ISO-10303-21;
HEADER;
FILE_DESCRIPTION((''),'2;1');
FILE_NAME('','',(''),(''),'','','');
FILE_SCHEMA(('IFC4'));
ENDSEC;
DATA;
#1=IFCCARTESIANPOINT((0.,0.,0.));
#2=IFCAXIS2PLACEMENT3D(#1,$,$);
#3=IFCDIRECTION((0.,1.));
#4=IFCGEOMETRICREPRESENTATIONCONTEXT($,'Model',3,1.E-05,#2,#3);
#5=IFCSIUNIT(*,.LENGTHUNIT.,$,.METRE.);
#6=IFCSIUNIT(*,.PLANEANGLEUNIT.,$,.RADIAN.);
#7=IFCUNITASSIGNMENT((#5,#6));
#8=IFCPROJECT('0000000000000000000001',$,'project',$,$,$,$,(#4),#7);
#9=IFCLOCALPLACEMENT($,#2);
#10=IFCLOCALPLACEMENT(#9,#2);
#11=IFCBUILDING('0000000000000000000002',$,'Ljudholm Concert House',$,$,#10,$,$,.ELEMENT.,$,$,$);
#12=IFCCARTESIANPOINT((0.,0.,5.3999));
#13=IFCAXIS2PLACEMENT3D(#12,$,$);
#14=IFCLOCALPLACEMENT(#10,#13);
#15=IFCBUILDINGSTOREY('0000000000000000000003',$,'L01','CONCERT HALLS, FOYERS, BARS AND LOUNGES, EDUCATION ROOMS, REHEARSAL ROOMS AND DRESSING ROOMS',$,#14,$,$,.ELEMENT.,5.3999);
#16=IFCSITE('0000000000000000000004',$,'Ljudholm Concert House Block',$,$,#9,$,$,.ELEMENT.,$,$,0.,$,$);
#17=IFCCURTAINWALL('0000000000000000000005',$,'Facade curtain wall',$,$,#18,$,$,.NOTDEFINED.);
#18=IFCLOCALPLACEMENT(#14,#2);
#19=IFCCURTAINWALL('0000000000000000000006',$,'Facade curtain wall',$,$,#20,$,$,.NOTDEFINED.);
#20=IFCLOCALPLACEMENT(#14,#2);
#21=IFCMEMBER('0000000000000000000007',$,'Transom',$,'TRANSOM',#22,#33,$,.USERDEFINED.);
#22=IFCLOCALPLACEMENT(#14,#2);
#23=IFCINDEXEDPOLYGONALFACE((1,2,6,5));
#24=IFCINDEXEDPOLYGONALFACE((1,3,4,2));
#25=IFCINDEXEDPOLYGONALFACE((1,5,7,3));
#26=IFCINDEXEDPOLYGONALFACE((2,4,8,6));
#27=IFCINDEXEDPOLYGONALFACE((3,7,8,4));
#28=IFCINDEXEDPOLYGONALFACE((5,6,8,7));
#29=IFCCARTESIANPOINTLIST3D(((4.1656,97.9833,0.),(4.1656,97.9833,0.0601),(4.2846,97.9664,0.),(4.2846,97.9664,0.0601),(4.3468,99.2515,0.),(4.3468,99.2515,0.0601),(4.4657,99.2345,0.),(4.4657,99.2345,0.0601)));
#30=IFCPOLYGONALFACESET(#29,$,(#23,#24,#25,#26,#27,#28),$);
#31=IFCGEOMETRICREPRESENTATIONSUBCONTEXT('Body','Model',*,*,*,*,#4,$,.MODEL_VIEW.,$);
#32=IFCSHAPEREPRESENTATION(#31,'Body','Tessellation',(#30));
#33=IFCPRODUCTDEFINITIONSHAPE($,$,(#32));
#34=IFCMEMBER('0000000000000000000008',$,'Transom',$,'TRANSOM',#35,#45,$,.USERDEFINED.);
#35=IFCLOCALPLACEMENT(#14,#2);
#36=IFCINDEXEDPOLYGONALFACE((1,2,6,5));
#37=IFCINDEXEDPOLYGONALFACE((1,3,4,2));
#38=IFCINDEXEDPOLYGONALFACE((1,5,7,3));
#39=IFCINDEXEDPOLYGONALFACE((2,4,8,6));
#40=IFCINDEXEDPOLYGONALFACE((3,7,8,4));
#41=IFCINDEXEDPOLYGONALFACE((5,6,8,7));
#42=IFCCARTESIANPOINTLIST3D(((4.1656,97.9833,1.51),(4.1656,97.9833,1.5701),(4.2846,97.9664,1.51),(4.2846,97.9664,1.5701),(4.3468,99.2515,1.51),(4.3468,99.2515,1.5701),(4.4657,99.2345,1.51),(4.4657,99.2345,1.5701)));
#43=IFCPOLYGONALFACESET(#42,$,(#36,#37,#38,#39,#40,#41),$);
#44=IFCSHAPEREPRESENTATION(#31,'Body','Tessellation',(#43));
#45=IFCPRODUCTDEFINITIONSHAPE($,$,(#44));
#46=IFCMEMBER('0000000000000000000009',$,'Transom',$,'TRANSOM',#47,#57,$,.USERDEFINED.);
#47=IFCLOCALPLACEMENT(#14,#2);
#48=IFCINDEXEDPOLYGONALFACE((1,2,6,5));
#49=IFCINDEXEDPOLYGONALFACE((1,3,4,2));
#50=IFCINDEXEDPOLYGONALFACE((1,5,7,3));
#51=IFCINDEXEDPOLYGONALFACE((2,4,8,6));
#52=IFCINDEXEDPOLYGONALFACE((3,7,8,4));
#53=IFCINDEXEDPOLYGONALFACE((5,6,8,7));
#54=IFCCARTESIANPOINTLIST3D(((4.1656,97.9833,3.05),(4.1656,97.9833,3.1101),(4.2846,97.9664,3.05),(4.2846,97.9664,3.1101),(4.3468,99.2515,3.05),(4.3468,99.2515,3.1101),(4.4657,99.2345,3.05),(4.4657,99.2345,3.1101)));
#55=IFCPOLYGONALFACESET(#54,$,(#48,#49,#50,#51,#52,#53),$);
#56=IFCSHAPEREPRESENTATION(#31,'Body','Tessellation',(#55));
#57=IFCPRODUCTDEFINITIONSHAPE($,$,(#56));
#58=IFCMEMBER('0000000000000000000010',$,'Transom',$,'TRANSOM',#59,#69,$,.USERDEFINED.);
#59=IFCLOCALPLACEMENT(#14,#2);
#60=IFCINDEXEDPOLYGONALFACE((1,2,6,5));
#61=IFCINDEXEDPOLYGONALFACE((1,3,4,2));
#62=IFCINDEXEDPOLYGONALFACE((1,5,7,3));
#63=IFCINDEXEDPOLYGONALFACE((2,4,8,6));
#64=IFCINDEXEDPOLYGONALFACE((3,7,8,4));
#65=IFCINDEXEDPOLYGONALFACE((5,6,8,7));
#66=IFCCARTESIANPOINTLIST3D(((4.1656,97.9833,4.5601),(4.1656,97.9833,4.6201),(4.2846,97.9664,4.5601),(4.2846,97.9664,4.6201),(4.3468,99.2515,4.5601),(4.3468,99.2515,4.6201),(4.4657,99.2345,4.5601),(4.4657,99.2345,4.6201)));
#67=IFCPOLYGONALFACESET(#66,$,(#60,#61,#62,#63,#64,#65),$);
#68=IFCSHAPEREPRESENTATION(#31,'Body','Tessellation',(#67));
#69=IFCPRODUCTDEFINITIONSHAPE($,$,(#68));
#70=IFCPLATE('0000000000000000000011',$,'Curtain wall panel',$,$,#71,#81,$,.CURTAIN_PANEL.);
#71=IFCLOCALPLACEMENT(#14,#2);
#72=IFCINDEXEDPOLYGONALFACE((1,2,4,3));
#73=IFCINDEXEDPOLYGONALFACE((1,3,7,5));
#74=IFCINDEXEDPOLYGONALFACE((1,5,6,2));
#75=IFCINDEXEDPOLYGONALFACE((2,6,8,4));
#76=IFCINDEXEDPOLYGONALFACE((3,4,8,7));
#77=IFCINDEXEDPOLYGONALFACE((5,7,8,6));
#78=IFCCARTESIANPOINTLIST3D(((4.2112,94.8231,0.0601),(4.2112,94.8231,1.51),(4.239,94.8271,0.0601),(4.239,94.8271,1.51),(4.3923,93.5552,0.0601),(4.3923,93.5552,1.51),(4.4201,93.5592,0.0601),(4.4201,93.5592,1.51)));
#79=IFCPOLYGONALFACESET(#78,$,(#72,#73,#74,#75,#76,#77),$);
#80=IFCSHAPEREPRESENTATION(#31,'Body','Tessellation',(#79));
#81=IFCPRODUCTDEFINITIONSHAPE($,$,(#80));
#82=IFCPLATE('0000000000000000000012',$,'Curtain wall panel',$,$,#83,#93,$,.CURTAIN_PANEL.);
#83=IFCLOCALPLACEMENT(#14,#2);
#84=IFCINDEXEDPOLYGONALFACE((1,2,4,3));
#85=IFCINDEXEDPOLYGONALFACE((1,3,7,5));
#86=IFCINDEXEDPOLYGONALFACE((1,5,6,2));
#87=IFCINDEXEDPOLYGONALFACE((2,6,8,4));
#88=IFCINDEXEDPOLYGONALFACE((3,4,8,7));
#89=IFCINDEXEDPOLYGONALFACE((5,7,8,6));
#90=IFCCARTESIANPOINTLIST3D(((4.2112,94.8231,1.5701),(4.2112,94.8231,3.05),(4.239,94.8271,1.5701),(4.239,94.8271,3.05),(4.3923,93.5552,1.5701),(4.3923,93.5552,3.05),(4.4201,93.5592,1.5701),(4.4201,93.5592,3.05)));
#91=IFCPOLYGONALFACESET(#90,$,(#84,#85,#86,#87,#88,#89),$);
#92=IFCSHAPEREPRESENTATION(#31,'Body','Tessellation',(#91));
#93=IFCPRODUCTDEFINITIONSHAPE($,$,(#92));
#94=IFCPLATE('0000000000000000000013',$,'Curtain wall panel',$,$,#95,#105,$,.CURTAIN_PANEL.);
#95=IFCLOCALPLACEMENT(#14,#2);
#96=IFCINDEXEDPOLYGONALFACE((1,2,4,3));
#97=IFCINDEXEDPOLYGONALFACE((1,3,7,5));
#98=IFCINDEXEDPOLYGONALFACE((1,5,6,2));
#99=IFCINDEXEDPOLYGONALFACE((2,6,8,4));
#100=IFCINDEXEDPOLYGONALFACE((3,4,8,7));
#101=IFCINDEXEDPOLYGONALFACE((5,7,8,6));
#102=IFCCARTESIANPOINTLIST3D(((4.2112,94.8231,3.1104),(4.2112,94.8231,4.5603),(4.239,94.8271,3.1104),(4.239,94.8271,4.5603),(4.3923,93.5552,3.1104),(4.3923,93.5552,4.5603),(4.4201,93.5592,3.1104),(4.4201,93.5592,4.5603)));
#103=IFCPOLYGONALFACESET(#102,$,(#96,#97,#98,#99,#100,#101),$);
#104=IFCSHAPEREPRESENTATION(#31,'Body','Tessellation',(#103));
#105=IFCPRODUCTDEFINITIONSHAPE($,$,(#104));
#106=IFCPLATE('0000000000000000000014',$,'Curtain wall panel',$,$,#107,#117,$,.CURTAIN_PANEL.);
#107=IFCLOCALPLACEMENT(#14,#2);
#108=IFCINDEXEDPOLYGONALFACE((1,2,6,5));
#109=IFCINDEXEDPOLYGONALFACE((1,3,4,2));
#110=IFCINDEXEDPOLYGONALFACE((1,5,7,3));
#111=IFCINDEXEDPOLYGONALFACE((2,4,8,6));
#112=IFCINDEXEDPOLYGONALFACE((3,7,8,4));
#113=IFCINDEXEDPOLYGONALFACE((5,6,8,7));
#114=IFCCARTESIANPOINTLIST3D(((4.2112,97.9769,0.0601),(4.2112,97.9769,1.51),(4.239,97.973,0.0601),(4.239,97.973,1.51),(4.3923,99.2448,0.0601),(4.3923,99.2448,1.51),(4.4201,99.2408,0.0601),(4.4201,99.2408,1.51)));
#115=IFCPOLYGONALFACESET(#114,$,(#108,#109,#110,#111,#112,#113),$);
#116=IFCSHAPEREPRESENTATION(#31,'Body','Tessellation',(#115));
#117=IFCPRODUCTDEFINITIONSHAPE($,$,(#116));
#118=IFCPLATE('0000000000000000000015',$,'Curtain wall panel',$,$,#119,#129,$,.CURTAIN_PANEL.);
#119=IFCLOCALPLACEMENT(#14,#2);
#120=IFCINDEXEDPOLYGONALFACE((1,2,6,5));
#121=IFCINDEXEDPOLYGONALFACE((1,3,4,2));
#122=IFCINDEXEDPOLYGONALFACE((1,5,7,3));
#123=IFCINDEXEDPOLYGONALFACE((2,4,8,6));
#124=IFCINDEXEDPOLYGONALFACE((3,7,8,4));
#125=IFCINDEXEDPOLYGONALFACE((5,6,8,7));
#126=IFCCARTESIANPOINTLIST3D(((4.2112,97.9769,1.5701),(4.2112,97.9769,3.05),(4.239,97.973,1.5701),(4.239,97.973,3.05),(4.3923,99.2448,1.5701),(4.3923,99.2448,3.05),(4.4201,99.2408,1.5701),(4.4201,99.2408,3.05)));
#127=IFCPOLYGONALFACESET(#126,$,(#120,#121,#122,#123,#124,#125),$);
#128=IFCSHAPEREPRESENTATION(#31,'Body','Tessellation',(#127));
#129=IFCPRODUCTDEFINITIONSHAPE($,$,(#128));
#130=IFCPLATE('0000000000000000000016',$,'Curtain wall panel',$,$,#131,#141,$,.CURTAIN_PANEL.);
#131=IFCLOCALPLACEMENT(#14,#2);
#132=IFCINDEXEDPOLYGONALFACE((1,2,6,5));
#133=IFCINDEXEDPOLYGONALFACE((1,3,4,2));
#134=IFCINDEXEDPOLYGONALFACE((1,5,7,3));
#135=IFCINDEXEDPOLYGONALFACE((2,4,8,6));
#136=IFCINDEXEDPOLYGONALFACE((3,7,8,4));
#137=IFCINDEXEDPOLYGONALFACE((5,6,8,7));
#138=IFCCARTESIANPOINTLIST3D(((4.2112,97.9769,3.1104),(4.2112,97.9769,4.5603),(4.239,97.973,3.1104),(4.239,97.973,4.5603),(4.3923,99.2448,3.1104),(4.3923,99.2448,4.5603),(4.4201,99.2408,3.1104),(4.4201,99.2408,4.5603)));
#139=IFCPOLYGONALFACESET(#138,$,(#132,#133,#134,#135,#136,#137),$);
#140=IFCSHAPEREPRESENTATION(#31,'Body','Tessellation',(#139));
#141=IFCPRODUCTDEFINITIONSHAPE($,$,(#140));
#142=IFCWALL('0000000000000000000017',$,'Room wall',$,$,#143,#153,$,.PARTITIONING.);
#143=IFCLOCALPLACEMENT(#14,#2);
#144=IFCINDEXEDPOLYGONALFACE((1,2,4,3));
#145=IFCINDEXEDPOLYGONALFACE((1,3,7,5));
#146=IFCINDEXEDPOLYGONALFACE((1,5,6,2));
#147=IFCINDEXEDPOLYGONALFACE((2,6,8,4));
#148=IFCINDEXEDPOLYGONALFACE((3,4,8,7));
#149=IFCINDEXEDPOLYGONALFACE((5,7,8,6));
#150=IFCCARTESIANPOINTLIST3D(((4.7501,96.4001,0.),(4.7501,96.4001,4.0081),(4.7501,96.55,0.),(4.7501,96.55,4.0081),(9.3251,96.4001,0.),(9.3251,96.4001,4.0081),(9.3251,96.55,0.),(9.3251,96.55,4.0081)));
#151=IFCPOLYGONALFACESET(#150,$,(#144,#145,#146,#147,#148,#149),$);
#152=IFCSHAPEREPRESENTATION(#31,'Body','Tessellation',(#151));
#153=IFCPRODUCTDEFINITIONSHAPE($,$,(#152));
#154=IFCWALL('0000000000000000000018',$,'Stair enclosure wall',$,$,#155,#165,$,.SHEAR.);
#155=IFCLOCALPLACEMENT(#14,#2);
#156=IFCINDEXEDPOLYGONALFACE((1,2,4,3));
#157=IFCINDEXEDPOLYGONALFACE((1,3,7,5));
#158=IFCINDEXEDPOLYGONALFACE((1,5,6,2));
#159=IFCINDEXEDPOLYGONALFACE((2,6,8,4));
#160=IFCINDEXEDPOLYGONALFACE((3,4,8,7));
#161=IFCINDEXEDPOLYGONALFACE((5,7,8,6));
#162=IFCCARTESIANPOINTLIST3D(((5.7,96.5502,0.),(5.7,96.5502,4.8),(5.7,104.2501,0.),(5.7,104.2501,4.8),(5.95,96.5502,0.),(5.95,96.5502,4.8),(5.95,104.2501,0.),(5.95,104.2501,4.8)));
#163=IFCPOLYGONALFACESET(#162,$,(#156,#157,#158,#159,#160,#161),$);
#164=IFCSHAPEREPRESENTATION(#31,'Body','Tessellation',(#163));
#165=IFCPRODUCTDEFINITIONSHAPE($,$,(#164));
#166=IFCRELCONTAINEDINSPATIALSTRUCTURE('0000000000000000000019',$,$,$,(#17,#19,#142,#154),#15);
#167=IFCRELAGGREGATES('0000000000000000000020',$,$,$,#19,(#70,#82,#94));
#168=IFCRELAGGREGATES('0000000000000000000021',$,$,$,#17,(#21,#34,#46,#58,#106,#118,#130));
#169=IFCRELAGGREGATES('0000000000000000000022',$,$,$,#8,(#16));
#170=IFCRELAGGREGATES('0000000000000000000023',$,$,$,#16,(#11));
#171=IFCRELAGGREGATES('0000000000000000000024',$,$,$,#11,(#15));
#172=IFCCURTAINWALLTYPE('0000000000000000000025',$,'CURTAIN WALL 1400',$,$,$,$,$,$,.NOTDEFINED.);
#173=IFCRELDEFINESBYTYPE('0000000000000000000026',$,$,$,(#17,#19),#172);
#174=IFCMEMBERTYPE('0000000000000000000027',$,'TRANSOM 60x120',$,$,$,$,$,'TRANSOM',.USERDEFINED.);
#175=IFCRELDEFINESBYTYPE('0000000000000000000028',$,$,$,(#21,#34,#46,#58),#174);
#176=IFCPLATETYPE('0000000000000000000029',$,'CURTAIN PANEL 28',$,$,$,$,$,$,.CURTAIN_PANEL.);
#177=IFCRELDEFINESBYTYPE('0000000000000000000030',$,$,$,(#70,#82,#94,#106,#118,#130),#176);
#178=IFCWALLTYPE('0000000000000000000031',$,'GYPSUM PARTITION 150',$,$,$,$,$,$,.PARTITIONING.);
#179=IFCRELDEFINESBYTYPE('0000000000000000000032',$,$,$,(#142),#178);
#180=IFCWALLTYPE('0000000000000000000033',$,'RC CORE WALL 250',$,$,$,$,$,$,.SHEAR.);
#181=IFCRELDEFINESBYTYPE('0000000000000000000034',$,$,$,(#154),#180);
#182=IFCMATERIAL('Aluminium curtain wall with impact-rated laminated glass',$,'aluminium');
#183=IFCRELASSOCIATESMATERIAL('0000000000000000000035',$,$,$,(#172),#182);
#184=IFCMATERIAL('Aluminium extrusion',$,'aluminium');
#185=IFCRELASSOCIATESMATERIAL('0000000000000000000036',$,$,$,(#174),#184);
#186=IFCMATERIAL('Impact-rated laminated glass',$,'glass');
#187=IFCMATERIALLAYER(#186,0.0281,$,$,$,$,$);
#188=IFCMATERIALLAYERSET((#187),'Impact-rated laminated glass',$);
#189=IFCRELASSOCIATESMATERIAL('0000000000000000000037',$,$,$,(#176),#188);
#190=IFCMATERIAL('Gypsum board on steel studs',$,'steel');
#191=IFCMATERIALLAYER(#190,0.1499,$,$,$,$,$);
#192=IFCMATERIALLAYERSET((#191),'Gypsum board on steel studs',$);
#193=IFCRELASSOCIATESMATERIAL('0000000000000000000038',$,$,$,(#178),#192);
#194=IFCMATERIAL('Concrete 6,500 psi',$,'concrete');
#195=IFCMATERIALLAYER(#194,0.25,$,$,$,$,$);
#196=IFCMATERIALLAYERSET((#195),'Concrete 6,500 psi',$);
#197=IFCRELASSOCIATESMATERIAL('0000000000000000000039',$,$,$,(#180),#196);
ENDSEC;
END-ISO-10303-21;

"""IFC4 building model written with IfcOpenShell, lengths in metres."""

from ifc_helpers import new_model, si_unit, direction, frame, frame_2d, origin, origin_2d, place, context, subcontext, project, spatial, rectangle, extrude, material, layer, layer_set, material_profile, profile_set, type_object, element, aggregate, save


model = new_model("IFC4")

# Units and contexts
model_context = context("Model", 3, precision=1e-05, world=origin(), true_north=direction((0.0, 1.0)))
body_context = subcontext(model_context, "Body", "Model", "MODEL_VIEW")
ifc_project = project(units=[si_unit("LENGTHUNIT", "METRE"), si_unit("PLANEANGLEUNIT", "RADIAN")], contexts=[model_context])

# Site, building, storey
site_placement = place(None, origin())
site = spatial("IfcSite", under=ifc_project, at=site_placement, Name="Ljudholm Concert House Block", CompositionType="ELEMENT", RefElevation=0.0)
building_placement = place(site_placement, origin())
building = spatial("IfcBuilding", under=site, at=building_placement, Name="Ljudholm Concert House", CompositionType="ELEMENT")
storey_placement = place(building_placement, frame((0.0, 0.0, 5.3999)))
storey = spatial("IfcBuildingStorey", under=building, at=storey_placement, Name="L01", Description="CONCERT HALLS, FOYERS, BARS AND LOUNGES, EDUCATION ROOMS, REHEARSAL ROOMS AND DRESSING ROOMS", CompositionType="ELEMENT", Elevation=5.3999)

# Curtain wall
ifc_material_1 = material(Name="Aluminium curtain wall with impact-rated laminated glass", Category="aluminium")
curtain_wall_type = type_object("IfcCurtainWallType", Name="CURTAIN WALL 1400", PredefinedType="NOTDEFINED", material=ifc_material_1)
curtain_wall_1_placement = place(storey_placement, origin())
curtain_wall_1 = element("IfcCurtainWall", 1, at=curtain_wall_1_placement, inside=storey, type_object=curtain_wall_type, Name="Facade curtain wall", PredefinedType="NOTDEFINED")

# Curtain wall
curtain_wall_2_placement = place(storey_placement, origin())
curtain_wall_2 = element("IfcCurtainWall", 2, at=curtain_wall_2_placement, inside=storey, type_object=curtain_wall_type, Name="Facade curtain wall", PredefinedType="NOTDEFINED")
ifc_material_2 = material(Name="Aluminium extrusion", Category="aluminium")
ifc_material_profile_1 = material_profile(ifc_material_2, rectangle(XDim=0.1201, YDim=0.0601, at=origin_2d()), Name="TRANSOM 60x120")
ifc_profile_set_1 = profile_set([ifc_material_profile_1], Name="Aluminium extrusion")
member_type_1 = type_object("IfcMemberType", Name="TRANSOM 60x120", ElementType="TRANSOM", PredefinedType="USERDEFINED", material=ifc_profile_set_1)

# Members
member_1_placement = place(storey_placement, frame((4.2251, 97.9749, 0.03), z_axis=(0.141421, 0.989949, 0.0), x_axis=(-0.989949, 0.141421, 0.0)))
member_1 = element("IfcMember", 3, at=member_1_placement, type_object=member_type_1, Name="Transom", ObjectType="TRANSOM", PredefinedType="USERDEFINED", context=body_context, shape_type="SweptSolid", body=[
    extrude(rectangle(XDim=0.1201, YDim=0.0601, at=origin_2d()), origin(), (0.0, 0.0, 1.0), 1.281),
])
member_2_placement = place(storey_placement, frame((4.2251, 97.9749, 1.54), z_axis=(0.141421, 0.989949, 0.0), x_axis=(-0.989949, 0.141421, 0.0)))
member_2 = element("IfcMember", 4, at=member_2_placement, type_object=member_type_1, Name="Transom", ObjectType="TRANSOM", PredefinedType="USERDEFINED", context=body_context, shape_type="SweptSolid", body=[
    extrude(rectangle(XDim=0.1201, YDim=0.0601, at=origin_2d()), origin(), (0.0, 0.0, 1.0), 1.281),
])
member_3_placement = place(storey_placement, frame((4.2251, 97.9749, 3.0801), z_axis=(0.141421, 0.989949, 0.0), x_axis=(-0.989949, 0.141421, 0.0)))
member_3 = element("IfcMember", 5, at=member_3_placement, type_object=member_type_1, Name="Transom", ObjectType="TRANSOM", PredefinedType="USERDEFINED", context=body_context, shape_type="SweptSolid", body=[
    extrude(rectangle(XDim=0.1201, YDim=0.0601, at=origin_2d()), origin(), (0.0, 0.0, 1.0), 1.281),
])
member_4_placement = place(storey_placement, frame((4.2251, 97.9749, 4.5901), z_axis=(0.141421, 0.989949, 0.0), x_axis=(-0.989949, 0.141421, 0.0)))
member_4 = element("IfcMember", 6, at=member_4_placement, type_object=member_type_1, Name="Transom", ObjectType="TRANSOM", PredefinedType="USERDEFINED", context=body_context, shape_type="SweptSolid", body=[
    extrude(rectangle(XDim=0.1201, YDim=0.0601, at=origin_2d()), origin(), (0.0, 0.0, 1.0), 1.281),
])

# Plates
ifc_material_3 = material(Name="Impact-rated laminated glass", Category="glass")
ifc_layer_1 = layer(ifc_material_3, 0.0281)
ifc_layer_set_1 = layer_set([ifc_layer_1], Name="Impact-rated laminated glass")
plate_type = type_object("IfcPlateType", Name="CURTAIN PANEL 28", PredefinedType="CURTAIN_PANEL", material=ifc_layer_set_1)
plate_1_placement = place(storey_placement, frame((4.3157, 94.1912, 0.0601), z_axis=(0.0, 0.0, 1.0), x_axis=(-0.141421, 0.989949, 0.0)))
plate_1 = element("IfcPlate", 7, at=plate_1_placement, type_object=plate_type, Name="Curtain wall panel", PredefinedType="CURTAIN_PANEL", context=body_context, shape_type="SweptSolid", body=[
    extrude(rectangle(XDim=1.2808, YDim=0.0281, at=origin_2d()), origin(), (0.0, 0.0, 1.0), 1.45),
])
plate_2_placement = place(storey_placement, frame((4.3157, 94.1912, 1.5701), z_axis=(0.0, 0.0, 1.0), x_axis=(-0.141421, 0.989949, 0.0)))
plate_2 = element("IfcPlate", 8, at=plate_2_placement, type_object=plate_type, Name="Curtain wall panel", PredefinedType="CURTAIN_PANEL", context=body_context, shape_type="SweptSolid", body=[
    extrude(rectangle(XDim=1.2808, YDim=0.0281, at=origin_2d()), origin(), (0.0, 0.0, 1.0), 1.48),
])
plate_3_placement = place(storey_placement, frame((4.3157, 94.1912, 3.1104), z_axis=(0.0, 0.0, 1.0), x_axis=(-0.141421, 0.989949, 0.0)))
plate_3 = element("IfcPlate", 9, at=plate_3_placement, type_object=plate_type, Name="Curtain wall panel", PredefinedType="CURTAIN_PANEL", context=body_context, shape_type="SweptSolid", body=[
    extrude(rectangle(XDim=1.2808, YDim=0.0281, at=origin_2d()), origin(), (0.0, 0.0, 1.0), 1.45),
])
aggregate(curtain_wall_2, [plate_1, plate_2, plate_3])
plate_4_placement = place(storey_placement, frame((4.3157, 98.6089, 0.0601), z_axis=(0.0, 0.0, 1.0), x_axis=(0.141421, 0.989949, 0.0)))
plate_4 = element("IfcPlate", 10, at=plate_4_placement, type_object=plate_type, Name="Curtain wall panel", PredefinedType="CURTAIN_PANEL", context=body_context, shape_type="SweptSolid", body=[
    extrude(rectangle(XDim=1.2808, YDim=0.0281, at=origin_2d()), origin(), (0.0, 0.0, 1.0), 1.45),
])
plate_5_placement = place(storey_placement, frame((4.3157, 98.6089, 1.5701), z_axis=(0.0, 0.0, 1.0), x_axis=(0.141421, 0.989949, 0.0)))
plate_5 = element("IfcPlate", 11, at=plate_5_placement, type_object=plate_type, Name="Curtain wall panel", PredefinedType="CURTAIN_PANEL", context=body_context, shape_type="SweptSolid", body=[
    extrude(rectangle(XDim=1.2808, YDim=0.0281, at=origin_2d()), origin(), (0.0, 0.0, 1.0), 1.48),
])
plate_6_placement = place(storey_placement, frame((4.3157, 98.6089, 3.1104), z_axis=(0.0, 0.0, 1.0), x_axis=(0.141421, 0.989949, 0.0)))
plate_6 = element("IfcPlate", 12, at=plate_6_placement, type_object=plate_type, Name="Curtain wall panel", PredefinedType="CURTAIN_PANEL", context=body_context, shape_type="SweptSolid", body=[
    extrude(rectangle(XDim=1.2808, YDim=0.0281, at=origin_2d()), origin(), (0.0, 0.0, 1.0), 1.45),
])
aggregate(curtain_wall_1, [member_1, member_2, member_3, member_4, plate_4, plate_5, plate_6])

# Walls
ifc_material_4 = material(Name="Gypsum board on steel studs", Category="steel")
ifc_layer_2 = layer(ifc_material_4, 0.1499)
ifc_layer_set_2 = layer_set([ifc_layer_2], Name="Gypsum board on steel studs")
wall_type_1 = type_object("IfcWallType", Name="GYPSUM PARTITION 150", PredefinedType="PARTITIONING", material=ifc_layer_set_2)
wall_1_placement = place(storey_placement, frame((4.75, 96.4751, 0.0), z_axis=(0.0, 0.0, 1.0), x_axis=(1.0, 0.0, 0.0)))
element("IfcWall", 13, at=wall_1_placement, inside=storey, type_object=wall_type_1, Name="Room wall", PredefinedType="PARTITIONING", context=body_context, shape_type="SweptSolid", body=[
    extrude(rectangle(XDim=4.575, YDim=0.1499, at=frame_2d((2.2876, 0.0))), origin(), (0.0, 0.0, 1.0), 4.0081),
])
ifc_material_5 = material(Name="Concrete 6,500 psi", Category="concrete")
ifc_layer_3 = layer(ifc_material_5, 0.25)
ifc_layer_set_3 = layer_set([ifc_layer_3], Name="Concrete 6,500 psi")
wall_type_2 = type_object("IfcWallType", Name="RC CORE WALL 250", PredefinedType="SHEAR", material=ifc_layer_set_3)
wall_2_placement = place(storey_placement, frame((5.825, 96.55, 0.0), z_axis=(0.0, 0.0, 1.0), x_axis=(0.0, 1.0, 0.0)))
element("IfcWall", 14, at=wall_2_placement, inside=storey, type_object=wall_type_2, Name="Stair enclosure wall", PredefinedType="SHEAR", context=body_context, shape_type="SweptSolid", body=[
    extrude(rectangle(XDim=7.7, YDim=0.25, at=frame_2d((3.8501, 0.0))), origin(), (0.0, 0.0, 1.0), 4.8),
])

save(model, "model.ifc")
